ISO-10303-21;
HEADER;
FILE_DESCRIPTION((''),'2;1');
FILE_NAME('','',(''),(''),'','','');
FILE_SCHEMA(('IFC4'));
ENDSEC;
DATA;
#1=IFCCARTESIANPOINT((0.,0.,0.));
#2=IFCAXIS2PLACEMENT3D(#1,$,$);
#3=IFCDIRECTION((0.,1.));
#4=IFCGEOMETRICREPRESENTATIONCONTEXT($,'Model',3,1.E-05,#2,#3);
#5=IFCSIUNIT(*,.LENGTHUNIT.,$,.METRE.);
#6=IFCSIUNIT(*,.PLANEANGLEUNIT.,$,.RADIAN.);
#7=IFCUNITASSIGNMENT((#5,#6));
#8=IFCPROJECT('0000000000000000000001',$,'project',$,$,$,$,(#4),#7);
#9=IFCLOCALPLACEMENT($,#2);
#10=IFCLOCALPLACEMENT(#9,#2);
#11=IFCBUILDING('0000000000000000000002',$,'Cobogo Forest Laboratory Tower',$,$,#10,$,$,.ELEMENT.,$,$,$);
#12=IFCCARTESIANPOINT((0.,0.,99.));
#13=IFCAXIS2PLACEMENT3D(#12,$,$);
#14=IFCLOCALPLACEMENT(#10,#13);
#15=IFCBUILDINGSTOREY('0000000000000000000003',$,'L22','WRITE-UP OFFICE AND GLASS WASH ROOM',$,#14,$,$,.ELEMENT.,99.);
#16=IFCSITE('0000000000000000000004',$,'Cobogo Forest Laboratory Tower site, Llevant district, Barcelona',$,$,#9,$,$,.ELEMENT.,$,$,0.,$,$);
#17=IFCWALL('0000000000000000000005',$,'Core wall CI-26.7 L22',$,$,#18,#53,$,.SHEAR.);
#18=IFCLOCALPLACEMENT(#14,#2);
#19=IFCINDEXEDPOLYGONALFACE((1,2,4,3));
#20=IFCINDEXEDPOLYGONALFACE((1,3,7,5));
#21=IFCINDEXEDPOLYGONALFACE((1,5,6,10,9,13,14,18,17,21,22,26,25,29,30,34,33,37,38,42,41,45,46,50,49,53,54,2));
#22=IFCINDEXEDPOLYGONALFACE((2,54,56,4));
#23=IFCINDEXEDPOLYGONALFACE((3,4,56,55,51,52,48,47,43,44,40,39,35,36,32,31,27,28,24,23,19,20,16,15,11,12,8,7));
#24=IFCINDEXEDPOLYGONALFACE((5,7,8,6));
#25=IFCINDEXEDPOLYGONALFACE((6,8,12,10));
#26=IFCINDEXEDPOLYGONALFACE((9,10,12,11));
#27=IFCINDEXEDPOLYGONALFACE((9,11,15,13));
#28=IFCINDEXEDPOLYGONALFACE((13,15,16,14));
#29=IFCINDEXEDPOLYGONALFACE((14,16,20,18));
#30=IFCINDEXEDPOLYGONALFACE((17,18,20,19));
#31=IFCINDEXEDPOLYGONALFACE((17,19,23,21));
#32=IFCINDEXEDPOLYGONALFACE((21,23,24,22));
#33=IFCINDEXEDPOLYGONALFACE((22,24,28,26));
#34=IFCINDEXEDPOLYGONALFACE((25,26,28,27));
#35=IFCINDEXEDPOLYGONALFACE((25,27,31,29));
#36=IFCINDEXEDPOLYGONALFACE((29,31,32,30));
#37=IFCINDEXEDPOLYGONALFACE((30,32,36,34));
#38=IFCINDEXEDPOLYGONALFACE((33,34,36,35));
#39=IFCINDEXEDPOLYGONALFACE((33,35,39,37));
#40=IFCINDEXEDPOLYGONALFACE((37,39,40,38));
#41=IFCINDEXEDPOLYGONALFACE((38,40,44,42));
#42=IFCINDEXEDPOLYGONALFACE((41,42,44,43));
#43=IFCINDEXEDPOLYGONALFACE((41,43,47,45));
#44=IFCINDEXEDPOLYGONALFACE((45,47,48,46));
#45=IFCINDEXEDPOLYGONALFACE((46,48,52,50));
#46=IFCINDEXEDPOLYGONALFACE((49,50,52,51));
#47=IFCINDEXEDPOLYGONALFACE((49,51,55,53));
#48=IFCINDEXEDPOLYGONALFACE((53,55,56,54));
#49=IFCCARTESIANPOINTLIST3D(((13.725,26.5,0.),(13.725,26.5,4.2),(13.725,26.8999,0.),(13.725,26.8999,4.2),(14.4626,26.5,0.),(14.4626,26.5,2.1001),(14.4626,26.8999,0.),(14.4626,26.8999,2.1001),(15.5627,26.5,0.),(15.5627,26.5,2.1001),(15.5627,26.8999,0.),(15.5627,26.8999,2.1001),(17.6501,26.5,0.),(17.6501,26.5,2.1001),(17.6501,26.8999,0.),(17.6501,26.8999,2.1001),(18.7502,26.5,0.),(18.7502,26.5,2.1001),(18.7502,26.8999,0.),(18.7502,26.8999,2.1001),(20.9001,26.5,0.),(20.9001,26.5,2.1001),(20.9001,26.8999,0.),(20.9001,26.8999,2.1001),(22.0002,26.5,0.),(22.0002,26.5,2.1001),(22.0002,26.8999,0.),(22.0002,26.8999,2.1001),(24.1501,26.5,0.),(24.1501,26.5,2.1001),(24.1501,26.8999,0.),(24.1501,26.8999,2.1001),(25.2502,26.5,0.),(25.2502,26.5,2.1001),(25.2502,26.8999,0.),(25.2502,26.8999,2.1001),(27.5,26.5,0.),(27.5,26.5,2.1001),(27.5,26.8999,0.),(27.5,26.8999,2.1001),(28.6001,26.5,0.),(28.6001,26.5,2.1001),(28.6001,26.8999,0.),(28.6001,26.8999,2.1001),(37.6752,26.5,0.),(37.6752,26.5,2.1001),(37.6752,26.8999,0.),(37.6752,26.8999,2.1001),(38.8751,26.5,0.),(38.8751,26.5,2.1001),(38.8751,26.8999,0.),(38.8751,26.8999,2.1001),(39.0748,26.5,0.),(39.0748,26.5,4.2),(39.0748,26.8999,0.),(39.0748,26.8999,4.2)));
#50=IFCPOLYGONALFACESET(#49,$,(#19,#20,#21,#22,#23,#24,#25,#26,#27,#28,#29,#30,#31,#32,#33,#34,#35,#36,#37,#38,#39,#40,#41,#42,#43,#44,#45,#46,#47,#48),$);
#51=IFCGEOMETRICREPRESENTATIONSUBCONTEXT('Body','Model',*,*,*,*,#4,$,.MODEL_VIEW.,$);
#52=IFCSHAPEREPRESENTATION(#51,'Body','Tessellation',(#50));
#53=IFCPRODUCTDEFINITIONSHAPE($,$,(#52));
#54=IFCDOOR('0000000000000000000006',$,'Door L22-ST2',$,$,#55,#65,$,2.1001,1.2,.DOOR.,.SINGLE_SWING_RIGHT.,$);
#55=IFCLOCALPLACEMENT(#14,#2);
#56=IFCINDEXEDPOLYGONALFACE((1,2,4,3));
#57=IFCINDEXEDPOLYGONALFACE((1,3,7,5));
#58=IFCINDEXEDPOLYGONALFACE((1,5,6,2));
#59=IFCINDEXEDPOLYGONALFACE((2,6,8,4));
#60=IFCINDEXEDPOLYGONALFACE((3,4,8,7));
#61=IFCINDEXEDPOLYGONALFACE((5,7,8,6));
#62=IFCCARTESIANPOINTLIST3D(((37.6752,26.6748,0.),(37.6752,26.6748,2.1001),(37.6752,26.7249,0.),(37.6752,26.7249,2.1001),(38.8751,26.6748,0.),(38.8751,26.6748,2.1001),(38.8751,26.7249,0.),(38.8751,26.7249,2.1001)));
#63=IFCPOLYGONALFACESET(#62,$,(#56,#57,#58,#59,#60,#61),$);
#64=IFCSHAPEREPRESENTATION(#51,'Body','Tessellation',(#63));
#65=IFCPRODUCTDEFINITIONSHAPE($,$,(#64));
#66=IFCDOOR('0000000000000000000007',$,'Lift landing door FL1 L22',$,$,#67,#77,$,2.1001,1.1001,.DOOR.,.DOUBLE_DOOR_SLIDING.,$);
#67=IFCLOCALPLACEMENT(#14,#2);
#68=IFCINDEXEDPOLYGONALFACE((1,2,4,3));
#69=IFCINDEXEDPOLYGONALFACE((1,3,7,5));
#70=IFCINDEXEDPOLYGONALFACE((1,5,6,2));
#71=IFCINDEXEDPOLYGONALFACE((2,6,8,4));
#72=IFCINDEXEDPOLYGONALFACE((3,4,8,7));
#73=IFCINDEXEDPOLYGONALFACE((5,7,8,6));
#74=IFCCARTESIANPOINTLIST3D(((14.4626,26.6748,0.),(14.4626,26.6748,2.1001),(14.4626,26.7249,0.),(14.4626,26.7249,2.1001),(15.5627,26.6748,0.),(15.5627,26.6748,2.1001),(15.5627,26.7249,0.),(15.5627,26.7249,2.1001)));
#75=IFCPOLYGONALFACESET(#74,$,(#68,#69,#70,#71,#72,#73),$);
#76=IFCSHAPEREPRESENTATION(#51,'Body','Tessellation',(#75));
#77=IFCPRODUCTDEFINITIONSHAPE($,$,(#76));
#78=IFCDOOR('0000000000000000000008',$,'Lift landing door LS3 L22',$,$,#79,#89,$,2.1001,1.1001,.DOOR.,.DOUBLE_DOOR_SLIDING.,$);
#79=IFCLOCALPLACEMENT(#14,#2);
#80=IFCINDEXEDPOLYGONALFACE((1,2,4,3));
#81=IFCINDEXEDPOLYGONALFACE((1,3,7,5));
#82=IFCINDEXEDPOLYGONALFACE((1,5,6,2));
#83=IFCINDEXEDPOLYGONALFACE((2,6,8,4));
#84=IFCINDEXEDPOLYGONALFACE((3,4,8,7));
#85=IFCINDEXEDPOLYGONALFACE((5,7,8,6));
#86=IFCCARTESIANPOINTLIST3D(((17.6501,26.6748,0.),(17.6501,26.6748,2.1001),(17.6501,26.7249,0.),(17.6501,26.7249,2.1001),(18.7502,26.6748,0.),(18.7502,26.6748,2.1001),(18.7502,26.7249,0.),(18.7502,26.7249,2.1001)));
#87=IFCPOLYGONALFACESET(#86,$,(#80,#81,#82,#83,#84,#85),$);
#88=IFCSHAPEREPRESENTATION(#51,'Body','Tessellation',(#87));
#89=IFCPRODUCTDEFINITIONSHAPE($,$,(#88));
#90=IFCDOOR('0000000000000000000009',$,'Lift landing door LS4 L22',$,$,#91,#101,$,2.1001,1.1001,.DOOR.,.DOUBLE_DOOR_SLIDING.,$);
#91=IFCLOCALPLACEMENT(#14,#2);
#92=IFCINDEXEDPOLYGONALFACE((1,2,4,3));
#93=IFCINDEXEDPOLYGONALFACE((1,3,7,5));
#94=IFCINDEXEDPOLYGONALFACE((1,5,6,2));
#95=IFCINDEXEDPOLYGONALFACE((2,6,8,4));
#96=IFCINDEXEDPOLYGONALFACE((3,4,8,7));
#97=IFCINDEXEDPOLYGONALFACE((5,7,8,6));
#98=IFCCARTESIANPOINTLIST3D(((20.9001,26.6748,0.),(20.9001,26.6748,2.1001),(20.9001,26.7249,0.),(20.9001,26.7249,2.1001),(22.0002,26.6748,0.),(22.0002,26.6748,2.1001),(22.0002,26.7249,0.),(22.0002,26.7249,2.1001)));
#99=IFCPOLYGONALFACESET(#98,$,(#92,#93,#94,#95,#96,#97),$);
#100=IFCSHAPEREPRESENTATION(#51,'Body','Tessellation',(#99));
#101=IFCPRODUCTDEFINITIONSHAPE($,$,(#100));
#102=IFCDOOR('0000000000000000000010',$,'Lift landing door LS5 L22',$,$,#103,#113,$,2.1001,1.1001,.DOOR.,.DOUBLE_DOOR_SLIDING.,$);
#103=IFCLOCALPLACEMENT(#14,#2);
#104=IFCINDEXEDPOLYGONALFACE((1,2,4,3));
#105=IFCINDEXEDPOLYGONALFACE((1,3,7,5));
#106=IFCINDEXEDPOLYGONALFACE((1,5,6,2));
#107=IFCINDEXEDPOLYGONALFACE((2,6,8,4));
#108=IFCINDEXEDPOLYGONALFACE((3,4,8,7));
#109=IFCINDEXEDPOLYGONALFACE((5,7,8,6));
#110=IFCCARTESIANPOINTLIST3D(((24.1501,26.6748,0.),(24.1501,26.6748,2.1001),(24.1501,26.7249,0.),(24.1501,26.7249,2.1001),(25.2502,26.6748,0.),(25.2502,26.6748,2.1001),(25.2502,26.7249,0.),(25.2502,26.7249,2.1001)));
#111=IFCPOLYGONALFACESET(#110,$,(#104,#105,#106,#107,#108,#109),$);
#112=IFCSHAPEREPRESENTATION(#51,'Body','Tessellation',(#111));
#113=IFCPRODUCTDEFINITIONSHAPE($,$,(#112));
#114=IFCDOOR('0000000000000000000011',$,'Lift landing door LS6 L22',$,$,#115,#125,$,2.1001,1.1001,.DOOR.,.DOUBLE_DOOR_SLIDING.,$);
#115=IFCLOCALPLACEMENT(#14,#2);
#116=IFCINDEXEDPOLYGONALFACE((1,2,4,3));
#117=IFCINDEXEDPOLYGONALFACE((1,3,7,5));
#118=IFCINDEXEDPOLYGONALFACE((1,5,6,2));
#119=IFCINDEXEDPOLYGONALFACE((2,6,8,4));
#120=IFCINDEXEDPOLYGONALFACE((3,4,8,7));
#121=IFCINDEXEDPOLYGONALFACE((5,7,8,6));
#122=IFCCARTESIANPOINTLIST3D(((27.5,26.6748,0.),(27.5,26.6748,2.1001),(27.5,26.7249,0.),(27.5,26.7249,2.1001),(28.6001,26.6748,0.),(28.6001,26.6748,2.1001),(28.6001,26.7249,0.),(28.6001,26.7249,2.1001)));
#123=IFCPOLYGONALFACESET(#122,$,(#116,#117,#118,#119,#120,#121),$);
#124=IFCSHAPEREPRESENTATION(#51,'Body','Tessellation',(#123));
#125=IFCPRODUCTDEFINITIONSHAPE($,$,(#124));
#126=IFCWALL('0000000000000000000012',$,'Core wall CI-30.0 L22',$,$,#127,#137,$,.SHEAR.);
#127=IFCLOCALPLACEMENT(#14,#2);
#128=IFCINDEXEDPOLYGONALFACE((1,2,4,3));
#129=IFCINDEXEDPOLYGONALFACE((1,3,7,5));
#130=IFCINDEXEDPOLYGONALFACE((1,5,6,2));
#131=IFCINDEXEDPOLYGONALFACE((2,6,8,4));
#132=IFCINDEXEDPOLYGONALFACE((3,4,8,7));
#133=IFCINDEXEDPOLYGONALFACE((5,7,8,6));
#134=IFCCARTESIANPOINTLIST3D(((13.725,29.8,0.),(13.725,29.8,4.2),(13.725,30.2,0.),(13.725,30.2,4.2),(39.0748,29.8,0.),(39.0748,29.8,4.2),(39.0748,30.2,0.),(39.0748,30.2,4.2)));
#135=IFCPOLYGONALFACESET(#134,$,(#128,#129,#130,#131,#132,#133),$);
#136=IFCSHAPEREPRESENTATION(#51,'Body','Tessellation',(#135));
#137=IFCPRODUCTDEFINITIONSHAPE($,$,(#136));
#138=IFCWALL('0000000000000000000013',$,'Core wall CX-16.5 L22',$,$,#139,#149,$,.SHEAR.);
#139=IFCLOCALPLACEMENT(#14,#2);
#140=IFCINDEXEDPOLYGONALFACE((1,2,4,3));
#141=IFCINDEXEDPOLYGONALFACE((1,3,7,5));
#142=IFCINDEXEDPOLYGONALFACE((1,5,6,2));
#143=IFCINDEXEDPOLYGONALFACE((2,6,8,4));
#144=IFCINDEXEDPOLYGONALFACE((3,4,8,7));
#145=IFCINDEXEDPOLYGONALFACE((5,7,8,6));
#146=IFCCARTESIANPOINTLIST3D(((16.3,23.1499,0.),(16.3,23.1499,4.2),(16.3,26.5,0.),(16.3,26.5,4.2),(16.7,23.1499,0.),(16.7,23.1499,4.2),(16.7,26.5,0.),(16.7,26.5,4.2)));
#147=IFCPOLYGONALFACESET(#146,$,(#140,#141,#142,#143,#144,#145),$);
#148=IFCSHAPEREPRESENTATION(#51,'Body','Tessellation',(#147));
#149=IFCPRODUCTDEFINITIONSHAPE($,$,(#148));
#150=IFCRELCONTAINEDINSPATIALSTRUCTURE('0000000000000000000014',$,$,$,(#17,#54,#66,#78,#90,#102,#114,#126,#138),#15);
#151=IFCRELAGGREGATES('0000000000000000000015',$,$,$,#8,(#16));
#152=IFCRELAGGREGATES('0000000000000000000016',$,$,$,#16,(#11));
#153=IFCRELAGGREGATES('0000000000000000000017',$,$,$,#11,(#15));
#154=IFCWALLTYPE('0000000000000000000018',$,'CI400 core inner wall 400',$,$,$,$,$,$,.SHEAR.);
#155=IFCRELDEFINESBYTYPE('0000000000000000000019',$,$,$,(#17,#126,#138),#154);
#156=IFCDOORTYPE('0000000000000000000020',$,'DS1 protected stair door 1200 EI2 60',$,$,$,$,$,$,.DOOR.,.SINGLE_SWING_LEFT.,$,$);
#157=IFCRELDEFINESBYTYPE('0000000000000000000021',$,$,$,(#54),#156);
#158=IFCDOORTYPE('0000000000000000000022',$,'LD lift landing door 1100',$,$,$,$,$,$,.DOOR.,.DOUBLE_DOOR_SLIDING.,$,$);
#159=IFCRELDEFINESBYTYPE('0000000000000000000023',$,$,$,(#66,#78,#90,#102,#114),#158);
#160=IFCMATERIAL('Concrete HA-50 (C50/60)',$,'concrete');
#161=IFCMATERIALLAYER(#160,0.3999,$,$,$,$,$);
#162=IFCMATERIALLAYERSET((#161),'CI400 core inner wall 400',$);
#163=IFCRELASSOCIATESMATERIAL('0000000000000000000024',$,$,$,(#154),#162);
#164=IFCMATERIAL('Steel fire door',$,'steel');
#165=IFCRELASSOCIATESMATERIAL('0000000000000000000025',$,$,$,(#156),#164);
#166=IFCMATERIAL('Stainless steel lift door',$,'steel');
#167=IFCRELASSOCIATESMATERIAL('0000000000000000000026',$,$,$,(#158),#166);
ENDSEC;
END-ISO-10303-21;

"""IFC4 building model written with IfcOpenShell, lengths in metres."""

from ifc_helpers import new_model, si_unit, direction, frame, frame_2d, origin, place, context, subcontext, project, spatial, rectangle, extrude, material, layer, layer_set, type_object, element, fill, save


model = new_model("IFC4")

# Units and contexts
model_context = context("Model", 3, precision=1e-05, world=origin(), true_north=direction((0.0, 1.0)))
body_context = subcontext(model_context, "Body", "Model", "MODEL_VIEW")
ifc_project = project(units=[si_unit("LENGTHUNIT", "METRE"), si_unit("PLANEANGLEUNIT", "RADIAN")], contexts=[model_context])

# Site, building, storey
site_placement = place(None, origin())
site = spatial("IfcSite", under=ifc_project, at=site_placement, Name="Cobogo Forest Laboratory Tower site, Llevant district, Barcelona", CompositionType="ELEMENT", RefElevation=0.0)
building_placement = place(site_placement, origin())
building = spatial("IfcBuilding", under=site, at=building_placement, Name="Cobogo Forest Laboratory Tower", CompositionType="ELEMENT")
storey_placement = place(building_placement, frame((0.0, 0.0, 99.0)))
storey = spatial("IfcBuildingStorey", under=building, at=storey_placement, Name="L22", Description="WRITE-UP OFFICE AND GLASS WASH ROOM", CompositionType="ELEMENT", Elevation=99.0)

# Shared definitions
ifc_material_1 = material(Name="Concrete HA-50 (C50/60)", Category="concrete")

# Shared definitions
ifc_layer_1 = layer(ifc_material_1, 0.3999)
ifc_layer_set_1 = layer_set([ifc_layer_1], Name="CI400 core inner wall 400")
wall_type_1 = type_object("IfcWallType", Name="CI400 core inner wall 400", PredefinedType="SHEAR", material=ifc_layer_set_1)

# Wall, openings, doors
wall_1_placement = place(storey_placement, frame((13.7251, 26.7, 0.0), z_axis=(0.0, 0.0, 1.0), x_axis=(1.0, 0.0, 0.0)))
wall_1 = element("IfcWall", 1, at=wall_1_placement, inside=storey, type_object=wall_type_1, Name="Core wall CI-26.7 L22", PredefinedType="SHEAR", context=body_context, shape_type="SweptSolid", body=[
    extrude(rectangle(XDim=25.3499, YDim=0.3999, at=frame_2d((12.6748, 0.0))), origin(), (0.0, 0.0, 1.0), 4.2),
])
opening_1_placement = place(wall_1_placement, frame((23.95, 0.0, 0.0)))
opening_1 = element("IfcOpeningElement", 2, at=opening_1_placement, cuts=wall_1, PredefinedType="OPENING", context=body_context, shape_type="SweptSolid", body=[
    extrude(rectangle(XDim=1.2, YDim=2.1001, at=frame_2d((0.6001, 1.05))), frame((0.0, 0.21, 0.0), z_axis=(0.0, -1.0, 0.0), x_axis=(1.0, 0.0, 0.0)), (0.0, 0.0, 1.0), 0.4199),
])
opening_2_placement = place(wall_1_placement, frame((0.7375, 0.0, 0.0)))
opening_2 = element("IfcOpeningElement", 3, at=opening_2_placement, cuts=wall_1, PredefinedType="OPENING", context=body_context, shape_type="SweptSolid", body=[
    extrude(rectangle(XDim=1.1001, YDim=2.1001, at=frame_2d((0.55, 1.05))), frame((0.0, 0.21, 0.0), z_axis=(0.0, -1.0, 0.0), x_axis=(1.0, 0.0, 0.0)), (0.0, 0.0, 1.0), 0.4199),
])
opening_3_placement = place(wall_1_placement, frame((3.925, 0.0, 0.0)))
opening_3 = element("IfcOpeningElement", 4, at=opening_3_placement, cuts=wall_1, PredefinedType="OPENING", context=body_context, shape_type="SweptSolid", body=[
    extrude(rectangle(XDim=1.1001, YDim=2.1001, at=frame_2d((0.55, 1.05))), frame((0.0, 0.21, 0.0), z_axis=(0.0, -1.0, 0.0), x_axis=(1.0, 0.0, 0.0)), (0.0, 0.0, 1.0), 0.4199),
])
opening_4_placement = place(wall_1_placement, frame((7.175, 0.0, 0.0)))
opening_4 = element("IfcOpeningElement", 5, at=opening_4_placement, cuts=wall_1, PredefinedType="OPENING", context=body_context, shape_type="SweptSolid", body=[
    extrude(rectangle(XDim=1.1001, YDim=2.1001, at=frame_2d((0.55, 1.05))), frame((0.0, 0.21, 0.0), z_axis=(0.0, -1.0, 0.0), x_axis=(1.0, 0.0, 0.0)), (0.0, 0.0, 1.0), 0.4199),
])
opening_5_placement = place(wall_1_placement, frame((10.425, 0.0, 0.0)))
opening_5 = element("IfcOpeningElement", 6, at=opening_5_placement, cuts=wall_1, PredefinedType="OPENING", context=body_context, shape_type="SweptSolid", body=[
    extrude(rectangle(XDim=1.1001, YDim=2.1001, at=frame_2d((0.55, 1.05))), frame((0.0, 0.21, 0.0), z_axis=(0.0, -1.0, 0.0), x_axis=(1.0, 0.0, 0.0)), (0.0, 0.0, 1.0), 0.4199),
])
opening_6_placement = place(wall_1_placement, frame((13.7749, 0.0, 0.0)))
opening_6 = element("IfcOpeningElement", 7, at=opening_6_placement, cuts=wall_1, PredefinedType="OPENING", context=body_context, shape_type="SweptSolid", body=[
    extrude(rectangle(XDim=1.1001, YDim=2.1001, at=frame_2d((0.55, 1.05))), frame((0.0, 0.21, 0.0), z_axis=(0.0, -1.0, 0.0), x_axis=(1.0, 0.0, 0.0)), (0.0, 0.0, 1.0), 0.4199),
])
ifc_material_2 = material(Name="Steel fire door", Category="steel")
door_type_1 = type_object("IfcDoorType", Name="DS1 protected stair door 1200 EI2 60", OperationType="SINGLE_SWING_LEFT", PredefinedType="DOOR", material=ifc_material_2)
door_1_placement = place(opening_1_placement, origin())
door_1 = element("IfcDoor", 8, at=door_1_placement, inside=storey, type_object=door_type_1, Name="Door L22-ST2", OperationType="SINGLE_SWING_RIGHT", OverallHeight=2.1001, OverallWidth=1.2, PredefinedType="DOOR", context=body_context, shape_type="SweptSolid", body=[
    extrude(rectangle(XDim=1.2, YDim=2.1001, at=frame_2d((0.6001, 1.05))), frame((0.0, 0.0249, 0.0), z_axis=(0.0, -1.0, 0.0), x_axis=(1.0, 0.0, 0.0)), (0.0, 0.0, 1.0), 0.05),
])
fill(opening_1, door_1)
ifc_material_3 = material(Name="Stainless steel lift door", Category="steel")
door_type_2 = type_object("IfcDoorType", Name="LD lift landing door 1100", OperationType="DOUBLE_DOOR_SLIDING", PredefinedType="DOOR", material=ifc_material_3)
door_2_placement = place(opening_2_placement, origin())
door_2 = element("IfcDoor", 9, at=door_2_placement, inside=storey, type_object=door_type_2, Name="Lift landing door FL1 L22", OperationType="DOUBLE_DOOR_SLIDING", OverallHeight=2.1001, OverallWidth=1.1001, PredefinedType="DOOR", context=body_context, shape_type="SweptSolid", body=[
    extrude(rectangle(XDim=1.1001, YDim=2.1001, at=frame_2d((0.55, 1.05))), frame((0.0, 0.0249, 0.0), z_axis=(0.0, -1.0, 0.0), x_axis=(1.0, 0.0, 0.0)), (0.0, 0.0, 1.0), 0.05),
])
fill(opening_2, door_2)
door_3_placement = place(opening_3_placement, origin())
door_3 = element("IfcDoor", 10, at=door_3_placement, inside=storey, type_object=door_type_2, Name="Lift landing door LS3 L22", OperationType="DOUBLE_DOOR_SLIDING", OverallHeight=2.1001, OverallWidth=1.1001, PredefinedType="DOOR", context=body_context, shape_type="SweptSolid", body=[
    extrude(rectangle(XDim=1.1001, YDim=2.1001, at=frame_2d((0.55, 1.05))), frame((0.0, 0.0249, 0.0), z_axis=(0.0, -1.0, 0.0), x_axis=(1.0, 0.0, 0.0)), (0.0, 0.0, 1.0), 0.05),
])
fill(opening_3, door_3)
door_4_placement = place(opening_4_placement, origin())
door_4 = element("IfcDoor", 11, at=door_4_placement, inside=storey, type_object=door_type_2, Name="Lift landing door LS4 L22", OperationType="DOUBLE_DOOR_SLIDING", OverallHeight=2.1001, OverallWidth=1.1001, PredefinedType="DOOR", context=body_context, shape_type="SweptSolid", body=[
    extrude(rectangle(XDim=1.1001, YDim=2.1001, at=frame_2d((0.55, 1.05))), frame((0.0, 0.0249, 0.0), z_axis=(0.0, -1.0, 0.0), x_axis=(1.0, 0.0, 0.0)), (0.0, 0.0, 1.0), 0.05),
])
fill(opening_4, door_4)
door_5_placement = place(opening_5_placement, origin())
door_5 = element("IfcDoor", 12, at=door_5_placement, inside=storey, type_object=door_type_2, Name="Lift landing door LS5 L22", OperationType="DOUBLE_DOOR_SLIDING", OverallHeight=2.1001, OverallWidth=1.1001, PredefinedType="DOOR", context=body_context, shape_type="SweptSolid", body=[
    extrude(rectangle(XDim=1.1001, YDim=2.1001, at=frame_2d((0.55, 1.05))), frame((0.0, 0.0249, 0.0), z_axis=(0.0, -1.0, 0.0), x_axis=(1.0, 0.0, 0.0)), (0.0, 0.0, 1.0), 0.05),
])
fill(opening_5, door_5)
door_6_placement = place(opening_6_placement, origin())
door_6 = element("IfcDoor", 13, at=door_6_placement, inside=storey, type_object=door_type_2, Name="Lift landing door LS6 L22", OperationType="DOUBLE_DOOR_SLIDING", OverallHeight=2.1001, OverallWidth=1.1001, PredefinedType="DOOR", context=body_context, shape_type="SweptSolid", body=[
    extrude(rectangle(XDim=1.1001, YDim=2.1001, at=frame_2d((0.55, 1.05))), frame((0.0, 0.0249, 0.0), z_axis=(0.0, -1.0, 0.0), x_axis=(1.0, 0.0, 0.0)), (0.0, 0.0, 1.0), 0.05),
])
fill(opening_6, door_6)

# Walls
wall_2_placement = place(storey_placement, frame((13.7251, 30.0, 0.0), z_axis=(0.0, 0.0, 1.0), x_axis=(1.0, 0.0, 0.0)))
element("IfcWall", 14, at=wall_2_placement, inside=storey, type_object=wall_type_1, Name="Core wall CI-30.0 L22", PredefinedType="SHEAR", context=body_context, shape_type="SweptSolid", body=[
    extrude(rectangle(XDim=25.3499, YDim=0.3999, at=frame_2d((12.6748, 0.0))), origin(), (0.0, 0.0, 1.0), 4.2),
])
wall_3_placement = place(storey_placement, frame((16.5, 23.1499, 0.0), z_axis=(0.0, 0.0, 1.0), x_axis=(0.0, 1.0, 0.0)))
element("IfcWall", 15, at=wall_3_placement, inside=storey, type_object=wall_type_1, Name="Core wall CX-16.5 L22", PredefinedType="SHEAR", context=body_context, shape_type="SweptSolid", body=[
    extrude(rectangle(XDim=3.3501, YDim=0.3999, at=frame_2d((1.675, 0.0))), origin(), (0.0, 0.0, 1.0), 4.2),
])

save(model, "model.ifc")
